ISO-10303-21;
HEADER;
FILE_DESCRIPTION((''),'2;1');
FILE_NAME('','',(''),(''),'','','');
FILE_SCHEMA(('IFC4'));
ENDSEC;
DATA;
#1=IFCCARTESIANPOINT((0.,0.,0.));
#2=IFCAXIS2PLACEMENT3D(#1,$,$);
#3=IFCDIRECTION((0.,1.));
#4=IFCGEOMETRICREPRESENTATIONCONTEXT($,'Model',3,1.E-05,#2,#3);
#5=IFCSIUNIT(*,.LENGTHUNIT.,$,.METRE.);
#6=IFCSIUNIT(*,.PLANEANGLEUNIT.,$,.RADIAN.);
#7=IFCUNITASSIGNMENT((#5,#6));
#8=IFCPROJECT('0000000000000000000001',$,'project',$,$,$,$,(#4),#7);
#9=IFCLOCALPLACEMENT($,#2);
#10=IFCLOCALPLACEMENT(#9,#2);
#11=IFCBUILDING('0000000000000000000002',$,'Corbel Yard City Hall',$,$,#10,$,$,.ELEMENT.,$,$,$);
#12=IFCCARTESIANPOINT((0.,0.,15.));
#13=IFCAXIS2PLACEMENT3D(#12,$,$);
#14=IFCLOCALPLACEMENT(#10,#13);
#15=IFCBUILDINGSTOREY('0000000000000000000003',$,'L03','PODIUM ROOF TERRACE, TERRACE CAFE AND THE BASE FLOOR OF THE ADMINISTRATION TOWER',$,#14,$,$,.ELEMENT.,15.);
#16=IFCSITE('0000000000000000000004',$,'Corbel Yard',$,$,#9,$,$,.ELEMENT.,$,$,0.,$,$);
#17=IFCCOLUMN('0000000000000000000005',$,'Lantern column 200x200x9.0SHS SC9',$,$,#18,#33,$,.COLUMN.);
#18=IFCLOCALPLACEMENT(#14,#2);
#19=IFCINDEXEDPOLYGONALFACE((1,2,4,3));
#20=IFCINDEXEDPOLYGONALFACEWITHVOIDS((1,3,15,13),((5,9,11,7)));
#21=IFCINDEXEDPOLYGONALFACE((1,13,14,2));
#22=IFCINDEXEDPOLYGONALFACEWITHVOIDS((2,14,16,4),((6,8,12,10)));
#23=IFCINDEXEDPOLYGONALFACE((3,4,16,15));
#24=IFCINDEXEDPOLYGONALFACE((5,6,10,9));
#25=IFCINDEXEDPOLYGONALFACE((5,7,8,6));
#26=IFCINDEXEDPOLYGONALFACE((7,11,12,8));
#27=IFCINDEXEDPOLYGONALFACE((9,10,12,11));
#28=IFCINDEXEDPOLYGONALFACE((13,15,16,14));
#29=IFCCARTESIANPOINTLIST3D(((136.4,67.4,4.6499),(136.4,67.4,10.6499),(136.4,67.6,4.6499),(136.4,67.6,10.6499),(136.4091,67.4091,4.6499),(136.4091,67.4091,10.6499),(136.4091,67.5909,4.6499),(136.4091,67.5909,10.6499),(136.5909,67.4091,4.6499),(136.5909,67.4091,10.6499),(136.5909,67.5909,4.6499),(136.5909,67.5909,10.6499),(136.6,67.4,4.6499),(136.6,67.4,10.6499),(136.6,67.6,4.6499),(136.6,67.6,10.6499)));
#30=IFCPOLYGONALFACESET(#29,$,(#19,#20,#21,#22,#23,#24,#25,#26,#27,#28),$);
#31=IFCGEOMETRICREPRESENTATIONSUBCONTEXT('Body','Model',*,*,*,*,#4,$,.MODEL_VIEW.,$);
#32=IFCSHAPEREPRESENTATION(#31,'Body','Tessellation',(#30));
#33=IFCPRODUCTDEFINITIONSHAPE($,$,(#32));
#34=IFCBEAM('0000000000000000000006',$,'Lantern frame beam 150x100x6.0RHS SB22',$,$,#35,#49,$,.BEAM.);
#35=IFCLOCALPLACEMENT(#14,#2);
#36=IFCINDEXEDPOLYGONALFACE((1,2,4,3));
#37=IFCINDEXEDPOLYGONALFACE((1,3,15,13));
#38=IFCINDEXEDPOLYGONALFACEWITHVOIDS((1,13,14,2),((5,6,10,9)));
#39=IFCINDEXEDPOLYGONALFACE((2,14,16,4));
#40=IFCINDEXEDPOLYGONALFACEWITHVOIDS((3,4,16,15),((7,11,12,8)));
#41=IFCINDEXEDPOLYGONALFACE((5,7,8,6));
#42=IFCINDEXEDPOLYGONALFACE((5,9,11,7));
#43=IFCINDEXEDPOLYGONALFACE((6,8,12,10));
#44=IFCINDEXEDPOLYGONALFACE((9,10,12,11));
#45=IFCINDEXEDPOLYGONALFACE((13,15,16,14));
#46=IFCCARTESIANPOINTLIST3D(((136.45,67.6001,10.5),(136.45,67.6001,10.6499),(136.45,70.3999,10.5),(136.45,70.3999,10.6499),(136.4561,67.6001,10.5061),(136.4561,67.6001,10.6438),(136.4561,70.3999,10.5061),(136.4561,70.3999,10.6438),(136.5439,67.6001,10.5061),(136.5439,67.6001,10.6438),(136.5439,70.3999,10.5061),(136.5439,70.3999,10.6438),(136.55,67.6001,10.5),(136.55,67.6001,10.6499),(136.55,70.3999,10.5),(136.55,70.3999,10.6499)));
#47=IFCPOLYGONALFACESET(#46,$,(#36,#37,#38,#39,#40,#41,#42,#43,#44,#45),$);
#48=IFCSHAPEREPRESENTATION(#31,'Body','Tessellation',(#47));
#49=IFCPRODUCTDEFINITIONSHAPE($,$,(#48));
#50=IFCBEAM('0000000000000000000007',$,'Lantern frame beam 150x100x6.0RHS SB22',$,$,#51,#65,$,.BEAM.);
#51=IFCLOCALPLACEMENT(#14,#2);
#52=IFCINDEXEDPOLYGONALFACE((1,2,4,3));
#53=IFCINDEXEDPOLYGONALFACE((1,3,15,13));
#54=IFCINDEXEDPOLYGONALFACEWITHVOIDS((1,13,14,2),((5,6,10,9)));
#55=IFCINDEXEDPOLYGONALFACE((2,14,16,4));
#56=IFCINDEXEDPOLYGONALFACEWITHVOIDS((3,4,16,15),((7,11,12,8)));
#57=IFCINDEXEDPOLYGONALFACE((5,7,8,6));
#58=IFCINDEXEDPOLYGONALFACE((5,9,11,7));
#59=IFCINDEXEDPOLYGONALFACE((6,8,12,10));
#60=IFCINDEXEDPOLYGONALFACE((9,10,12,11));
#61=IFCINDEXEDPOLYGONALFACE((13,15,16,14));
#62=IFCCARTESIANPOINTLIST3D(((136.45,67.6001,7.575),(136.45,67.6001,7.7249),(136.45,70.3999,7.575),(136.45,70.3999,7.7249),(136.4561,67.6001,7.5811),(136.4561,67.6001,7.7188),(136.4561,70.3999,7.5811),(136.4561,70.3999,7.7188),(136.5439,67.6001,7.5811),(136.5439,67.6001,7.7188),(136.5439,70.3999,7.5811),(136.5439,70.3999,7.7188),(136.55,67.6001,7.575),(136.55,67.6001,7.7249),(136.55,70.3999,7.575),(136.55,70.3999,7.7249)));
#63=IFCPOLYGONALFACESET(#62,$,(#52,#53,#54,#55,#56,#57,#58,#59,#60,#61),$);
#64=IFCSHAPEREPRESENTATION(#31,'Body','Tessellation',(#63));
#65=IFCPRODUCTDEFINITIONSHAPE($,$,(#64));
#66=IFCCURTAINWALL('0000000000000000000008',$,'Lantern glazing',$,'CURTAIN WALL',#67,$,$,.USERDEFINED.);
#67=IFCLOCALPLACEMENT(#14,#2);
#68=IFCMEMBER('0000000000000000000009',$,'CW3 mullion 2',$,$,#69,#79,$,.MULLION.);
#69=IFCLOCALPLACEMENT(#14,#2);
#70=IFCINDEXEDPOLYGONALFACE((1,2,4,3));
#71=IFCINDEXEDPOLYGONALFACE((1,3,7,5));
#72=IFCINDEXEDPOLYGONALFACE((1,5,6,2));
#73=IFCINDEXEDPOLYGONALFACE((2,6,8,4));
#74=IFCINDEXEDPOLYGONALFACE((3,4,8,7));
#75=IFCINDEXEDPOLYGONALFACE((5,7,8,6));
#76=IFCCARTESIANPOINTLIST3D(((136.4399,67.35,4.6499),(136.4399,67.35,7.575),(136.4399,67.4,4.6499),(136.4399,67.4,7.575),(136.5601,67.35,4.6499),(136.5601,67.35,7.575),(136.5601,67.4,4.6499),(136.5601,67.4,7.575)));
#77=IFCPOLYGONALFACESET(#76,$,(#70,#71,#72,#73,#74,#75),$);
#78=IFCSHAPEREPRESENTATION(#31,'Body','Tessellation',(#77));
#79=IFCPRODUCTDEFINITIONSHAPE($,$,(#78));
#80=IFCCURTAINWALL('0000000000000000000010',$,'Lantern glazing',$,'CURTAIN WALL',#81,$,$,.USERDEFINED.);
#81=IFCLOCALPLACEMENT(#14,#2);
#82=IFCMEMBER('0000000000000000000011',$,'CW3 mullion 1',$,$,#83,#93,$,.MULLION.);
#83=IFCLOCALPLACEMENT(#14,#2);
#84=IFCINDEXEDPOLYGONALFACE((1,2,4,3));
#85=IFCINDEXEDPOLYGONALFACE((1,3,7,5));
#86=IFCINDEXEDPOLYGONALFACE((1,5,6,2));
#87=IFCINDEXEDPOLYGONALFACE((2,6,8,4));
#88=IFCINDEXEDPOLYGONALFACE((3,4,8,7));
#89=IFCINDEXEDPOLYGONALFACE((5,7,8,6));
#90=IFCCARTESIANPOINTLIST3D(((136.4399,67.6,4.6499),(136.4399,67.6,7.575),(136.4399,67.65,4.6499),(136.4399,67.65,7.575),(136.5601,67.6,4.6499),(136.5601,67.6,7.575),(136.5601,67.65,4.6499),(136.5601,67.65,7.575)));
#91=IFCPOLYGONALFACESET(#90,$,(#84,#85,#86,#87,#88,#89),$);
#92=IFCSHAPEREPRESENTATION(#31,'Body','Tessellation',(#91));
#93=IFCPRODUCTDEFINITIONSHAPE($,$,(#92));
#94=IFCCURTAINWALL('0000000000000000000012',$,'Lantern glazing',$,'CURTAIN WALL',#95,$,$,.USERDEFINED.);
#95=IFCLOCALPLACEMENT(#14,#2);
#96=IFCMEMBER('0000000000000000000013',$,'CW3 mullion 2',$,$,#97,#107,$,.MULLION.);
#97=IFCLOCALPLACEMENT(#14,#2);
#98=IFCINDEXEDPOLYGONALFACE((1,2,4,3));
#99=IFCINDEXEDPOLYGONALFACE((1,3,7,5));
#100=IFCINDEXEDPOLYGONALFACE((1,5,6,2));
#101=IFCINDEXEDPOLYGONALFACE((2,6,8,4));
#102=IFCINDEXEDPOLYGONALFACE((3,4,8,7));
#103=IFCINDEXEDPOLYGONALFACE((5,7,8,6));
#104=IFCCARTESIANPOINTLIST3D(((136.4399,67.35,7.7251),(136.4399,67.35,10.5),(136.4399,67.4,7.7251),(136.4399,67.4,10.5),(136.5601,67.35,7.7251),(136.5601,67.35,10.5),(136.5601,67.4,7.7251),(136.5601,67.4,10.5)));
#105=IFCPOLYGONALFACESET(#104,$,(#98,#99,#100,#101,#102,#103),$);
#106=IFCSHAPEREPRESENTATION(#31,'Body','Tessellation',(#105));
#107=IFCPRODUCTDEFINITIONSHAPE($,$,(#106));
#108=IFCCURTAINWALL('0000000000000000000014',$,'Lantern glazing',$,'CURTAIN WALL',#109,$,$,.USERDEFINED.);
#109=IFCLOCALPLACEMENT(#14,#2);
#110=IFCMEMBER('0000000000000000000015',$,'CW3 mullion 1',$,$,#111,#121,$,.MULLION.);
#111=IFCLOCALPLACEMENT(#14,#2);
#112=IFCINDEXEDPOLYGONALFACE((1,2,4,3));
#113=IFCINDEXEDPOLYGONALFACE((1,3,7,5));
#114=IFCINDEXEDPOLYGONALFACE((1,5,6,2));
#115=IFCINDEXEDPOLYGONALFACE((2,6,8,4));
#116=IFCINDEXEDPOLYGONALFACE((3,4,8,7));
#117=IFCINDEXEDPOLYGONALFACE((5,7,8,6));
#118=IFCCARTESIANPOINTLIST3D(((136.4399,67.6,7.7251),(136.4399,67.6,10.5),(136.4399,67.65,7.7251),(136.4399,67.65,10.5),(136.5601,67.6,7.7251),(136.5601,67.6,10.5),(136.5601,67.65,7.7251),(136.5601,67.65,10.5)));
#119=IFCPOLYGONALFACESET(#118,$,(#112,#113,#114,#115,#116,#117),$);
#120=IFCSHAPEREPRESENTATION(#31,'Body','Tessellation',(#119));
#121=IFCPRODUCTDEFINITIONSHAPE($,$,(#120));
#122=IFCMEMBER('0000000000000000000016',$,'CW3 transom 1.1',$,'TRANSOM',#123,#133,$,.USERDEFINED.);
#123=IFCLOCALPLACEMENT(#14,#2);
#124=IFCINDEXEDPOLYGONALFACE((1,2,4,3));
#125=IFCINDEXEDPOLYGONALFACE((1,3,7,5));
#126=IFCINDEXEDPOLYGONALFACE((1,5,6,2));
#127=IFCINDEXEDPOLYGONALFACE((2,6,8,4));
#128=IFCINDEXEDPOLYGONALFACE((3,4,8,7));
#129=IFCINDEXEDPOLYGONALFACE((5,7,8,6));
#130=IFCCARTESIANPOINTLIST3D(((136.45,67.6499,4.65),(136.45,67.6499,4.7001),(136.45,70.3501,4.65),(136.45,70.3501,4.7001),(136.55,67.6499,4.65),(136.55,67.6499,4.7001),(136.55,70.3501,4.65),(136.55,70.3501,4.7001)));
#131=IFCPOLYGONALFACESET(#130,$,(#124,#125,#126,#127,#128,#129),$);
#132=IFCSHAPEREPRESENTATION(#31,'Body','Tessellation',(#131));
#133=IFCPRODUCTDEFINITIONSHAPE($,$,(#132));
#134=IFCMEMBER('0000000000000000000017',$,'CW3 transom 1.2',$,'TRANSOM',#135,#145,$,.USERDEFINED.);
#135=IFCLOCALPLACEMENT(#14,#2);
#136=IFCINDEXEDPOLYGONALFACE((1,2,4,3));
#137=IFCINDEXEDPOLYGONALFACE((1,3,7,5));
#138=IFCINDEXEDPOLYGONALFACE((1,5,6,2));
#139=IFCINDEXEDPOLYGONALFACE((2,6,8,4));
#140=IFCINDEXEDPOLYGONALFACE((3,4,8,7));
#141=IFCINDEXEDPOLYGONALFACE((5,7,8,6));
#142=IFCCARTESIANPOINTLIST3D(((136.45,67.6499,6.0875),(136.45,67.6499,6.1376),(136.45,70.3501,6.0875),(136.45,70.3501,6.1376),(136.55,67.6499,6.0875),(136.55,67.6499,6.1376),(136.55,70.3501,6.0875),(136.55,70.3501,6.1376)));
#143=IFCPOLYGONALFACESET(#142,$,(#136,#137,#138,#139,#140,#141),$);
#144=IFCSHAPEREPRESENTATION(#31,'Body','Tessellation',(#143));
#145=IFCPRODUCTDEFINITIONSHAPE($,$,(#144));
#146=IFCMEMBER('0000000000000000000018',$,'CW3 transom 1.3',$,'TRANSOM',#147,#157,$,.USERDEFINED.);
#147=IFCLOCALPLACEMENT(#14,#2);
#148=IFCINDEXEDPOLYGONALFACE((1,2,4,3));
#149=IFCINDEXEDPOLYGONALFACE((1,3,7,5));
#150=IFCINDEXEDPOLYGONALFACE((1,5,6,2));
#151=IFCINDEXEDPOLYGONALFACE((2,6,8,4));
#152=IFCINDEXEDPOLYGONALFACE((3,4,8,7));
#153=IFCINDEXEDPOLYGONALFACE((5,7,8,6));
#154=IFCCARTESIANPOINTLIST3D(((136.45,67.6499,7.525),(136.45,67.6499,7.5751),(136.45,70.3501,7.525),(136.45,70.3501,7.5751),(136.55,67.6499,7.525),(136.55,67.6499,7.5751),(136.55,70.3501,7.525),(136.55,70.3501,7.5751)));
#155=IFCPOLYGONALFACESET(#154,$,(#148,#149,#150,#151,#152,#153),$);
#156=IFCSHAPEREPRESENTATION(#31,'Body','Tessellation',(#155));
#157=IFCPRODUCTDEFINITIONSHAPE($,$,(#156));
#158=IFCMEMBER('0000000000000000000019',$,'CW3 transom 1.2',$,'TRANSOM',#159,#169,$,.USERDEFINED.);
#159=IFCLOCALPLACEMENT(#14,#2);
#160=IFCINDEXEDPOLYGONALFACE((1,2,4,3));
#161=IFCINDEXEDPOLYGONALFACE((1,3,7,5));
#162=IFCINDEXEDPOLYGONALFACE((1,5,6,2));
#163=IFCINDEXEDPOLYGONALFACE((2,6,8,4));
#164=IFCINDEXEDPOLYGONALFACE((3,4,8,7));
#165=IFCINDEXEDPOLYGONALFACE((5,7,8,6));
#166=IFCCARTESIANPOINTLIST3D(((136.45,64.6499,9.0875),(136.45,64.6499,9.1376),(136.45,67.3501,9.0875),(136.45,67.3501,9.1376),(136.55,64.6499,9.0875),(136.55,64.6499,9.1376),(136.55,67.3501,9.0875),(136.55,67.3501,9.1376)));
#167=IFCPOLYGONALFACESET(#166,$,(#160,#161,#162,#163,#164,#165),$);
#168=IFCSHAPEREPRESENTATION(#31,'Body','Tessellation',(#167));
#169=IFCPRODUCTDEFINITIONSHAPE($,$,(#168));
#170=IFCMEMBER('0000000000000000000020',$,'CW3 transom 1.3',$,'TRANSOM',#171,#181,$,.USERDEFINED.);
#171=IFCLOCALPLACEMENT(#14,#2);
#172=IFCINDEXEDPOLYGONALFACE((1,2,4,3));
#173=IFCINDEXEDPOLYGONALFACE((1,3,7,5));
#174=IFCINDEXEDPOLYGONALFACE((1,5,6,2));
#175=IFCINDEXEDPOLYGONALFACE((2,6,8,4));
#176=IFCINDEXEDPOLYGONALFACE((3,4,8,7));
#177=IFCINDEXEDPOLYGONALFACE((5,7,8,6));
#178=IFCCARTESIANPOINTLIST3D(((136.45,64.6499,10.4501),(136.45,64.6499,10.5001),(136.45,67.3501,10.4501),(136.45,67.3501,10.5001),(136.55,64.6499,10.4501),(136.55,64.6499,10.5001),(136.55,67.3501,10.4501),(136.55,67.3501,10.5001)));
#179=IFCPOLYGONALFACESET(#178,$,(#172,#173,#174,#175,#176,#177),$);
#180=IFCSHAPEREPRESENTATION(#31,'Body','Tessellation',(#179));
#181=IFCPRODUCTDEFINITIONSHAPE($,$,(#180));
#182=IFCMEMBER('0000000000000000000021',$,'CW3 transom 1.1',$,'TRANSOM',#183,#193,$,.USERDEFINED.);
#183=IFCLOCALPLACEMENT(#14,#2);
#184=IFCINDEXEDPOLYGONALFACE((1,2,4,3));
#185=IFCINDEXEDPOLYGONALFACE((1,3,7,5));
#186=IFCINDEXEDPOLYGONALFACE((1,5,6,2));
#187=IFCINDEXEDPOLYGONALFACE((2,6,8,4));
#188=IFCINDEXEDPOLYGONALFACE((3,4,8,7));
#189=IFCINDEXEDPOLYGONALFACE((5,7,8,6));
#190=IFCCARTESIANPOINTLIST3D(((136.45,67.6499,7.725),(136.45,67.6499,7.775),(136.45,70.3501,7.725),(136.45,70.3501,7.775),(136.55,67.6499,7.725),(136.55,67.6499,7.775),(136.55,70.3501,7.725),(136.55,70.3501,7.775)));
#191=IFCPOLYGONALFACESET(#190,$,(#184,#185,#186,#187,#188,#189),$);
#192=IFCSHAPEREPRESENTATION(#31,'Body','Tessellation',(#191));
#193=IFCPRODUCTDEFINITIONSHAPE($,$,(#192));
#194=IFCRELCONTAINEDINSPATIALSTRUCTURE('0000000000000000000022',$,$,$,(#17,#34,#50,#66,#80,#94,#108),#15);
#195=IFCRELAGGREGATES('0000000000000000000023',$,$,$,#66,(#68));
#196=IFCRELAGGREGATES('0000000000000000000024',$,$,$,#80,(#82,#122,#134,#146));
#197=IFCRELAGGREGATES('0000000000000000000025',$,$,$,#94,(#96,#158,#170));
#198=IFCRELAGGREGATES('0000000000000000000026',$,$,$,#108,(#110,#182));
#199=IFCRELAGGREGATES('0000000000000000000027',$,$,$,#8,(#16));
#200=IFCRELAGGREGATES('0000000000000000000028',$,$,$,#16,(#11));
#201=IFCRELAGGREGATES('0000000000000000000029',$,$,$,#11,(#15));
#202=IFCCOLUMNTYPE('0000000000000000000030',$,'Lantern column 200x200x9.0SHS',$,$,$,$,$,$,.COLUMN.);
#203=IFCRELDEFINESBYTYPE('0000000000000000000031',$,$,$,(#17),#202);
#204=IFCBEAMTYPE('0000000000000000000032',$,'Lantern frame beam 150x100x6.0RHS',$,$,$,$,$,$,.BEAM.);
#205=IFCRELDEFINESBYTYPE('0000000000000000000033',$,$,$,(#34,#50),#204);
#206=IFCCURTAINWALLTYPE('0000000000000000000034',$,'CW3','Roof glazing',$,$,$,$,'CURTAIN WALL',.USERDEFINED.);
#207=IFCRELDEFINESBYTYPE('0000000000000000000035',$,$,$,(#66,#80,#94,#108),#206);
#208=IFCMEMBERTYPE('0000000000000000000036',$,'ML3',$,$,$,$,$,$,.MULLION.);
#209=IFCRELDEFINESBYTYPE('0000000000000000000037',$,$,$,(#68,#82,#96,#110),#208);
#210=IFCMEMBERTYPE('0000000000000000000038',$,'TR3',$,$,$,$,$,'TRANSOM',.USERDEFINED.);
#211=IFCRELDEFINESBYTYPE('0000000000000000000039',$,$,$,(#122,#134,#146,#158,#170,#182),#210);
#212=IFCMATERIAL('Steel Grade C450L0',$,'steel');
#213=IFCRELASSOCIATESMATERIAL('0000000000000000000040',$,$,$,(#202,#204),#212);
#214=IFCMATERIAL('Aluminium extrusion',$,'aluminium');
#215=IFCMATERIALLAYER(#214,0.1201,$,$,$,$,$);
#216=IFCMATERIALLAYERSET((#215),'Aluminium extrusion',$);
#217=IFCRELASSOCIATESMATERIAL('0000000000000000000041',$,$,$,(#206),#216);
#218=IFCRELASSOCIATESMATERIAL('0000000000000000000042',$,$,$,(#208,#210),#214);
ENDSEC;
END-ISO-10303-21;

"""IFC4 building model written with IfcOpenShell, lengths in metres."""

from ifc_helpers import new_model, si_unit, direction, frame, origin, origin_2d, place, context, subcontext, project, spatial, rectangle, hollow_rectangle, extrude, material, layer, layer_set, material_profile, profile_set, type_object, element, aggregate, save


model = new_model("IFC4")

# Units and contexts
model_context = context("Model", 3, precision=1e-05, world=origin(), true_north=direction((0.0, 1.0)))
body_context = subcontext(model_context, "Body", "Model", "MODEL_VIEW")
ifc_project = project(units=[si_unit("LENGTHUNIT", "METRE"), si_unit("PLANEANGLEUNIT", "RADIAN")], contexts=[model_context])

# Site, building, storey
site_placement = place(None, origin())
site = spatial("IfcSite", under=ifc_project, at=site_placement, Name="Corbel Yard", CompositionType="ELEMENT", RefElevation=0.0)
building_placement = place(site_placement, origin())
building = spatial("IfcBuilding", under=site, at=building_placement, Name="Corbel Yard City Hall", CompositionType="ELEMENT")
storey_placement = place(building_placement, frame((0.0, 0.0, 15.0)))
storey = spatial("IfcBuildingStorey", under=building, at=storey_placement, Name="L03", Description="PODIUM ROOF TERRACE, TERRACE CAFE AND THE BASE FLOOR OF THE ADMINISTRATION TOWER", CompositionType="ELEMENT", Elevation=15.0)

# Column
ifc_material_1 = material(Name="Steel Grade C450L0", Category="steel")
ifc_material_profile_1 = material_profile(ifc_material_1, hollow_rectangle(XDim=0.2, YDim=0.2, WallThickness=0.009, at=origin_2d()), Name="200x200x9.0SHS")
ifc_profile_set_1 = profile_set([ifc_material_profile_1], Name="Steel Grade C450L0")
column_type = type_object("IfcColumnType", Name="Lantern column 200x200x9.0SHS", PredefinedType="COLUMN", material=ifc_profile_set_1)
column_placement = place(storey_placement, frame((136.5, 67.5, 4.6499), z_axis=(0.0, 0.0, 1.0), x_axis=(1.0, 0.0, 0.0)))
element("IfcColumn", 1, at=column_placement, inside=storey, type_object=column_type, Name="Lantern column 200x200x9.0SHS SC9", PredefinedType="COLUMN", context=body_context, shape_type="SweptSolid", body=[
    extrude(hollow_rectangle(XDim=0.2, YDim=0.2, WallThickness=0.009, at=origin_2d()), origin(), (0.0, 0.0, 1.0), 6.0),
])

# Beams
ifc_material_profile_2 = material_profile(ifc_material_1, hollow_rectangle(XDim=0.1001, YDim=0.1499, WallThickness=0.0061, at=origin_2d()), Name="150x100x6.0RHS")
ifc_profile_set_2 = profile_set([ifc_material_profile_2], Name="Steel Grade C450L0")
beam_type = type_object("IfcBeamType", Name="Lantern frame beam 150x100x6.0RHS", PredefinedType="BEAM", material=ifc_profile_set_2)
for number, where, z_axis, x_axis, name in (
    (2, (136.5, 67.6001, 10.575), (0.0, 1.0, 0.0), (-1.0, 0.0, 0.0), "Lantern frame beam 150x100x6.0RHS SB22"),
    (3, (136.5, 67.6001, 7.6499), (0.0, 1.0, 0.0), (-1.0, 0.0, 0.0), "Lantern frame beam 150x100x6.0RHS SB22"),
):
    element("IfcBeam", number, at=place(storey_placement, frame(where, z_axis=z_axis, x_axis=x_axis)), inside=storey, type_object=beam_type, Name=name, PredefinedType="BEAM", context=body_context, shape_type="SweptSolid", body=[
        extrude(hollow_rectangle(XDim=0.1001, YDim=0.1499, WallThickness=0.0061, at=origin_2d()), origin(), (0.0, 0.0, 1.0), 2.7998),
    ])

# Curtain walls, members
ifc_material_2 = material(Name="Aluminium extrusion", Category="aluminium")
ifc_layer_1 = layer(ifc_material_2, 0.1201)
ifc_layer_set_1 = layer_set([ifc_layer_1], Name="Aluminium extrusion")
curtain_wall_type_1 = type_object("IfcCurtainWallType", Name="CW3", Description="Roof glazing", ElementType="CURTAIN WALL", PredefinedType="USERDEFINED", material=ifc_layer_set_1)
curtain_wall_1_placement = place(storey_placement, origin())
curtain_wall_1 = element("IfcCurtainWall", 4, at=curtain_wall_1_placement, inside=storey, type_object=curtain_wall_type_1, Name="Lantern glazing", ObjectType="CURTAIN WALL", PredefinedType="USERDEFINED")
ifc_material_profile_3 = material_profile(ifc_material_2, rectangle(XDim=0.1201, YDim=0.05, at=origin_2d()), Name="120x50")
ifc_profile_set_3 = profile_set([ifc_material_profile_3], Name="Aluminium extrusion")
member_type_1 = type_object("IfcMemberType", Name="ML3", PredefinedType="MULLION", material=ifc_profile_set_3)
member_1_placement = place(storey_placement, frame((136.5, 67.375, 4.6499), z_axis=(0.0, 0.0, 1.0), x_axis=(-1.0, 0.0, 0.0)))
member_1 = element("IfcMember", 5, at=member_1_placement, type_object=member_type_1, Name="CW3 mullion 2", PredefinedType="MULLION", context=body_context, shape_type="SweptSolid", body=[
    extrude(rectangle(XDim=0.1201, YDim=0.05, at=origin_2d()), origin(), (0.0, 0.0, 1.0), 2.925),
])
curtain_wall_2_placement = place(storey_placement, origin())
curtain_wall_2 = element("IfcCurtainWall", 6, at=curtain_wall_2_placement, inside=storey, type_object=curtain_wall_type_1, Name="Lantern glazing", ObjectType="CURTAIN WALL", PredefinedType="USERDEFINED")
member_2_placement = place(storey_placement, frame((136.5, 67.625, 4.6499), z_axis=(0.0, 0.0, 1.0), x_axis=(-1.0, 0.0, 0.0)))
member_2 = element("IfcMember", 7, at=member_2_placement, type_object=member_type_1, Name="CW3 mullion 1", PredefinedType="MULLION", context=body_context, shape_type="SweptSolid", body=[
    extrude(rectangle(XDim=0.1201, YDim=0.05, at=origin_2d()), origin(), (0.0, 0.0, 1.0), 2.925),
])
curtain_wall_3_placement = place(storey_placement, origin())
curtain_wall_3 = element("IfcCurtainWall", 8, at=curtain_wall_3_placement, inside=storey, type_object=curtain_wall_type_1, Name="Lantern glazing", ObjectType="CURTAIN WALL", PredefinedType="USERDEFINED")
member_3_placement = place(storey_placement, frame((136.5, 67.375, 7.7251), z_axis=(0.0, 0.0, 1.0), x_axis=(-1.0, 0.0, 0.0)))
member_3 = element("IfcMember", 9, at=member_3_placement, type_object=member_type_1, Name="CW3 mullion 2", PredefinedType="MULLION", context=body_context, shape_type="SweptSolid", body=[
    extrude(rectangle(XDim=0.1201, YDim=0.05, at=origin_2d()), origin(), (0.0, 0.0, 1.0), 2.7749),
])
curtain_wall_4_placement = place(storey_placement, origin())
curtain_wall_4 = element("IfcCurtainWall", 10, at=curtain_wall_4_placement, inside=storey, type_object=curtain_wall_type_1, Name="Lantern glazing", ObjectType="CURTAIN WALL", PredefinedType="USERDEFINED")
member_4_placement = place(storey_placement, frame((136.5, 67.625, 7.7251), z_axis=(0.0, 0.0, 1.0), x_axis=(-1.0, 0.0, 0.0)))
member_4 = element("IfcMember", 11, at=member_4_placement, type_object=member_type_1, Name="CW3 mullion 1", PredefinedType="MULLION", context=body_context, shape_type="SweptSolid", body=[
    extrude(rectangle(XDim=0.1201, YDim=0.05, at=origin_2d()), origin(), (0.0, 0.0, 1.0), 2.7749),
])

# Members
ifc_material_profile_4 = material_profile(ifc_material_2, rectangle(XDim=0.1001, YDim=0.05, at=origin_2d()), Name="100x50")
ifc_profile_set_4 = profile_set([ifc_material_profile_4], Name="Aluminium extrusion")
member_type_2 = type_object("IfcMemberType", Name="TR3", ElementType="TRANSOM", PredefinedType="USERDEFINED", material=ifc_profile_set_4)
member_5_placement = place(storey_placement, frame((136.5, 67.6499, 4.675), z_axis=(0.0, 1.0, 0.0), x_axis=(-1.0, 0.0, 0.0)))
member_5 = element("IfcMember", 12, at=member_5_placement, type_object=member_type_2, Name="CW3 transom 1.1", ObjectType="TRANSOM", PredefinedType="USERDEFINED", context=body_context, shape_type="SweptSolid", body=[
    extrude(rectangle(XDim=0.1001, YDim=0.05, at=origin_2d()), origin(), (0.0, 0.0, 1.0), 2.7002),
])
member_6_placement = place(storey_placement, frame((136.5, 67.6499, 6.1125), z_axis=(0.0, 1.0, 0.0), x_axis=(-1.0, 0.0, 0.0)))
member_6 = element("IfcMember", 13, at=member_6_placement, type_object=member_type_2, Name="CW3 transom 1.2", ObjectType="TRANSOM", PredefinedType="USERDEFINED", context=body_context, shape_type="SweptSolid", body=[
    extrude(rectangle(XDim=0.1001, YDim=0.05, at=origin_2d()), origin(), (0.0, 0.0, 1.0), 2.7002),
])
member_7_placement = place(storey_placement, frame((136.5, 67.6499, 7.55), z_axis=(0.0, 1.0, 0.0), x_axis=(-1.0, 0.0, 0.0)))
member_7 = element("IfcMember", 14, at=member_7_placement, type_object=member_type_2, Name="CW3 transom 1.3", ObjectType="TRANSOM", PredefinedType="USERDEFINED", context=body_context, shape_type="SweptSolid", body=[
    extrude(rectangle(XDim=0.1001, YDim=0.05, at=origin_2d()), origin(), (0.0, 0.0, 1.0), 2.7002),
])
member_8_placement = place(storey_placement, frame((136.5, 64.6499, 9.1125), z_axis=(0.0, 1.0, 0.0), x_axis=(-1.0, 0.0, 0.0)))
member_8 = element("IfcMember", 15, at=member_8_placement, type_object=member_type_2, Name="CW3 transom 1.2", ObjectType="TRANSOM", PredefinedType="USERDEFINED", context=body_context, shape_type="SweptSolid", body=[
    extrude(rectangle(XDim=0.1001, YDim=0.05, at=origin_2d()), origin(), (0.0, 0.0, 1.0), 2.7002),
])
member_9_placement = place(storey_placement, frame((136.5, 64.6499, 10.4751), z_axis=(0.0, 1.0, 0.0), x_axis=(-1.0, 0.0, 0.0)))
member_9 = element("IfcMember", 16, at=member_9_placement, type_object=member_type_2, Name="CW3 transom 1.3", ObjectType="TRANSOM", PredefinedType="USERDEFINED", context=body_context, shape_type="SweptSolid", body=[
    extrude(rectangle(XDim=0.1001, YDim=0.05, at=origin_2d()), origin(), (0.0, 0.0, 1.0), 2.7002),
])
member_10_placement = place(storey_placement, frame((136.5, 67.6499, 7.75), z_axis=(0.0, 1.0, 0.0), x_axis=(-1.0, 0.0, 0.0)))
member_10 = element("IfcMember", 17, at=member_10_placement, type_object=member_type_2, Name="CW3 transom 1.1", ObjectType="TRANSOM", PredefinedType="USERDEFINED", context=body_context, shape_type="SweptSolid", body=[
    extrude(rectangle(XDim=0.1001, YDim=0.05, at=origin_2d()), origin(), (0.0, 0.0, 1.0), 2.7002),
])

aggregate(curtain_wall_1, [member_1])
aggregate(curtain_wall_2, [member_2, member_5, member_6, member_7])
aggregate(curtain_wall_3, [member_3, member_8, member_9])
aggregate(curtain_wall_4, [member_4, member_10])

save(model, "model.ifc")
